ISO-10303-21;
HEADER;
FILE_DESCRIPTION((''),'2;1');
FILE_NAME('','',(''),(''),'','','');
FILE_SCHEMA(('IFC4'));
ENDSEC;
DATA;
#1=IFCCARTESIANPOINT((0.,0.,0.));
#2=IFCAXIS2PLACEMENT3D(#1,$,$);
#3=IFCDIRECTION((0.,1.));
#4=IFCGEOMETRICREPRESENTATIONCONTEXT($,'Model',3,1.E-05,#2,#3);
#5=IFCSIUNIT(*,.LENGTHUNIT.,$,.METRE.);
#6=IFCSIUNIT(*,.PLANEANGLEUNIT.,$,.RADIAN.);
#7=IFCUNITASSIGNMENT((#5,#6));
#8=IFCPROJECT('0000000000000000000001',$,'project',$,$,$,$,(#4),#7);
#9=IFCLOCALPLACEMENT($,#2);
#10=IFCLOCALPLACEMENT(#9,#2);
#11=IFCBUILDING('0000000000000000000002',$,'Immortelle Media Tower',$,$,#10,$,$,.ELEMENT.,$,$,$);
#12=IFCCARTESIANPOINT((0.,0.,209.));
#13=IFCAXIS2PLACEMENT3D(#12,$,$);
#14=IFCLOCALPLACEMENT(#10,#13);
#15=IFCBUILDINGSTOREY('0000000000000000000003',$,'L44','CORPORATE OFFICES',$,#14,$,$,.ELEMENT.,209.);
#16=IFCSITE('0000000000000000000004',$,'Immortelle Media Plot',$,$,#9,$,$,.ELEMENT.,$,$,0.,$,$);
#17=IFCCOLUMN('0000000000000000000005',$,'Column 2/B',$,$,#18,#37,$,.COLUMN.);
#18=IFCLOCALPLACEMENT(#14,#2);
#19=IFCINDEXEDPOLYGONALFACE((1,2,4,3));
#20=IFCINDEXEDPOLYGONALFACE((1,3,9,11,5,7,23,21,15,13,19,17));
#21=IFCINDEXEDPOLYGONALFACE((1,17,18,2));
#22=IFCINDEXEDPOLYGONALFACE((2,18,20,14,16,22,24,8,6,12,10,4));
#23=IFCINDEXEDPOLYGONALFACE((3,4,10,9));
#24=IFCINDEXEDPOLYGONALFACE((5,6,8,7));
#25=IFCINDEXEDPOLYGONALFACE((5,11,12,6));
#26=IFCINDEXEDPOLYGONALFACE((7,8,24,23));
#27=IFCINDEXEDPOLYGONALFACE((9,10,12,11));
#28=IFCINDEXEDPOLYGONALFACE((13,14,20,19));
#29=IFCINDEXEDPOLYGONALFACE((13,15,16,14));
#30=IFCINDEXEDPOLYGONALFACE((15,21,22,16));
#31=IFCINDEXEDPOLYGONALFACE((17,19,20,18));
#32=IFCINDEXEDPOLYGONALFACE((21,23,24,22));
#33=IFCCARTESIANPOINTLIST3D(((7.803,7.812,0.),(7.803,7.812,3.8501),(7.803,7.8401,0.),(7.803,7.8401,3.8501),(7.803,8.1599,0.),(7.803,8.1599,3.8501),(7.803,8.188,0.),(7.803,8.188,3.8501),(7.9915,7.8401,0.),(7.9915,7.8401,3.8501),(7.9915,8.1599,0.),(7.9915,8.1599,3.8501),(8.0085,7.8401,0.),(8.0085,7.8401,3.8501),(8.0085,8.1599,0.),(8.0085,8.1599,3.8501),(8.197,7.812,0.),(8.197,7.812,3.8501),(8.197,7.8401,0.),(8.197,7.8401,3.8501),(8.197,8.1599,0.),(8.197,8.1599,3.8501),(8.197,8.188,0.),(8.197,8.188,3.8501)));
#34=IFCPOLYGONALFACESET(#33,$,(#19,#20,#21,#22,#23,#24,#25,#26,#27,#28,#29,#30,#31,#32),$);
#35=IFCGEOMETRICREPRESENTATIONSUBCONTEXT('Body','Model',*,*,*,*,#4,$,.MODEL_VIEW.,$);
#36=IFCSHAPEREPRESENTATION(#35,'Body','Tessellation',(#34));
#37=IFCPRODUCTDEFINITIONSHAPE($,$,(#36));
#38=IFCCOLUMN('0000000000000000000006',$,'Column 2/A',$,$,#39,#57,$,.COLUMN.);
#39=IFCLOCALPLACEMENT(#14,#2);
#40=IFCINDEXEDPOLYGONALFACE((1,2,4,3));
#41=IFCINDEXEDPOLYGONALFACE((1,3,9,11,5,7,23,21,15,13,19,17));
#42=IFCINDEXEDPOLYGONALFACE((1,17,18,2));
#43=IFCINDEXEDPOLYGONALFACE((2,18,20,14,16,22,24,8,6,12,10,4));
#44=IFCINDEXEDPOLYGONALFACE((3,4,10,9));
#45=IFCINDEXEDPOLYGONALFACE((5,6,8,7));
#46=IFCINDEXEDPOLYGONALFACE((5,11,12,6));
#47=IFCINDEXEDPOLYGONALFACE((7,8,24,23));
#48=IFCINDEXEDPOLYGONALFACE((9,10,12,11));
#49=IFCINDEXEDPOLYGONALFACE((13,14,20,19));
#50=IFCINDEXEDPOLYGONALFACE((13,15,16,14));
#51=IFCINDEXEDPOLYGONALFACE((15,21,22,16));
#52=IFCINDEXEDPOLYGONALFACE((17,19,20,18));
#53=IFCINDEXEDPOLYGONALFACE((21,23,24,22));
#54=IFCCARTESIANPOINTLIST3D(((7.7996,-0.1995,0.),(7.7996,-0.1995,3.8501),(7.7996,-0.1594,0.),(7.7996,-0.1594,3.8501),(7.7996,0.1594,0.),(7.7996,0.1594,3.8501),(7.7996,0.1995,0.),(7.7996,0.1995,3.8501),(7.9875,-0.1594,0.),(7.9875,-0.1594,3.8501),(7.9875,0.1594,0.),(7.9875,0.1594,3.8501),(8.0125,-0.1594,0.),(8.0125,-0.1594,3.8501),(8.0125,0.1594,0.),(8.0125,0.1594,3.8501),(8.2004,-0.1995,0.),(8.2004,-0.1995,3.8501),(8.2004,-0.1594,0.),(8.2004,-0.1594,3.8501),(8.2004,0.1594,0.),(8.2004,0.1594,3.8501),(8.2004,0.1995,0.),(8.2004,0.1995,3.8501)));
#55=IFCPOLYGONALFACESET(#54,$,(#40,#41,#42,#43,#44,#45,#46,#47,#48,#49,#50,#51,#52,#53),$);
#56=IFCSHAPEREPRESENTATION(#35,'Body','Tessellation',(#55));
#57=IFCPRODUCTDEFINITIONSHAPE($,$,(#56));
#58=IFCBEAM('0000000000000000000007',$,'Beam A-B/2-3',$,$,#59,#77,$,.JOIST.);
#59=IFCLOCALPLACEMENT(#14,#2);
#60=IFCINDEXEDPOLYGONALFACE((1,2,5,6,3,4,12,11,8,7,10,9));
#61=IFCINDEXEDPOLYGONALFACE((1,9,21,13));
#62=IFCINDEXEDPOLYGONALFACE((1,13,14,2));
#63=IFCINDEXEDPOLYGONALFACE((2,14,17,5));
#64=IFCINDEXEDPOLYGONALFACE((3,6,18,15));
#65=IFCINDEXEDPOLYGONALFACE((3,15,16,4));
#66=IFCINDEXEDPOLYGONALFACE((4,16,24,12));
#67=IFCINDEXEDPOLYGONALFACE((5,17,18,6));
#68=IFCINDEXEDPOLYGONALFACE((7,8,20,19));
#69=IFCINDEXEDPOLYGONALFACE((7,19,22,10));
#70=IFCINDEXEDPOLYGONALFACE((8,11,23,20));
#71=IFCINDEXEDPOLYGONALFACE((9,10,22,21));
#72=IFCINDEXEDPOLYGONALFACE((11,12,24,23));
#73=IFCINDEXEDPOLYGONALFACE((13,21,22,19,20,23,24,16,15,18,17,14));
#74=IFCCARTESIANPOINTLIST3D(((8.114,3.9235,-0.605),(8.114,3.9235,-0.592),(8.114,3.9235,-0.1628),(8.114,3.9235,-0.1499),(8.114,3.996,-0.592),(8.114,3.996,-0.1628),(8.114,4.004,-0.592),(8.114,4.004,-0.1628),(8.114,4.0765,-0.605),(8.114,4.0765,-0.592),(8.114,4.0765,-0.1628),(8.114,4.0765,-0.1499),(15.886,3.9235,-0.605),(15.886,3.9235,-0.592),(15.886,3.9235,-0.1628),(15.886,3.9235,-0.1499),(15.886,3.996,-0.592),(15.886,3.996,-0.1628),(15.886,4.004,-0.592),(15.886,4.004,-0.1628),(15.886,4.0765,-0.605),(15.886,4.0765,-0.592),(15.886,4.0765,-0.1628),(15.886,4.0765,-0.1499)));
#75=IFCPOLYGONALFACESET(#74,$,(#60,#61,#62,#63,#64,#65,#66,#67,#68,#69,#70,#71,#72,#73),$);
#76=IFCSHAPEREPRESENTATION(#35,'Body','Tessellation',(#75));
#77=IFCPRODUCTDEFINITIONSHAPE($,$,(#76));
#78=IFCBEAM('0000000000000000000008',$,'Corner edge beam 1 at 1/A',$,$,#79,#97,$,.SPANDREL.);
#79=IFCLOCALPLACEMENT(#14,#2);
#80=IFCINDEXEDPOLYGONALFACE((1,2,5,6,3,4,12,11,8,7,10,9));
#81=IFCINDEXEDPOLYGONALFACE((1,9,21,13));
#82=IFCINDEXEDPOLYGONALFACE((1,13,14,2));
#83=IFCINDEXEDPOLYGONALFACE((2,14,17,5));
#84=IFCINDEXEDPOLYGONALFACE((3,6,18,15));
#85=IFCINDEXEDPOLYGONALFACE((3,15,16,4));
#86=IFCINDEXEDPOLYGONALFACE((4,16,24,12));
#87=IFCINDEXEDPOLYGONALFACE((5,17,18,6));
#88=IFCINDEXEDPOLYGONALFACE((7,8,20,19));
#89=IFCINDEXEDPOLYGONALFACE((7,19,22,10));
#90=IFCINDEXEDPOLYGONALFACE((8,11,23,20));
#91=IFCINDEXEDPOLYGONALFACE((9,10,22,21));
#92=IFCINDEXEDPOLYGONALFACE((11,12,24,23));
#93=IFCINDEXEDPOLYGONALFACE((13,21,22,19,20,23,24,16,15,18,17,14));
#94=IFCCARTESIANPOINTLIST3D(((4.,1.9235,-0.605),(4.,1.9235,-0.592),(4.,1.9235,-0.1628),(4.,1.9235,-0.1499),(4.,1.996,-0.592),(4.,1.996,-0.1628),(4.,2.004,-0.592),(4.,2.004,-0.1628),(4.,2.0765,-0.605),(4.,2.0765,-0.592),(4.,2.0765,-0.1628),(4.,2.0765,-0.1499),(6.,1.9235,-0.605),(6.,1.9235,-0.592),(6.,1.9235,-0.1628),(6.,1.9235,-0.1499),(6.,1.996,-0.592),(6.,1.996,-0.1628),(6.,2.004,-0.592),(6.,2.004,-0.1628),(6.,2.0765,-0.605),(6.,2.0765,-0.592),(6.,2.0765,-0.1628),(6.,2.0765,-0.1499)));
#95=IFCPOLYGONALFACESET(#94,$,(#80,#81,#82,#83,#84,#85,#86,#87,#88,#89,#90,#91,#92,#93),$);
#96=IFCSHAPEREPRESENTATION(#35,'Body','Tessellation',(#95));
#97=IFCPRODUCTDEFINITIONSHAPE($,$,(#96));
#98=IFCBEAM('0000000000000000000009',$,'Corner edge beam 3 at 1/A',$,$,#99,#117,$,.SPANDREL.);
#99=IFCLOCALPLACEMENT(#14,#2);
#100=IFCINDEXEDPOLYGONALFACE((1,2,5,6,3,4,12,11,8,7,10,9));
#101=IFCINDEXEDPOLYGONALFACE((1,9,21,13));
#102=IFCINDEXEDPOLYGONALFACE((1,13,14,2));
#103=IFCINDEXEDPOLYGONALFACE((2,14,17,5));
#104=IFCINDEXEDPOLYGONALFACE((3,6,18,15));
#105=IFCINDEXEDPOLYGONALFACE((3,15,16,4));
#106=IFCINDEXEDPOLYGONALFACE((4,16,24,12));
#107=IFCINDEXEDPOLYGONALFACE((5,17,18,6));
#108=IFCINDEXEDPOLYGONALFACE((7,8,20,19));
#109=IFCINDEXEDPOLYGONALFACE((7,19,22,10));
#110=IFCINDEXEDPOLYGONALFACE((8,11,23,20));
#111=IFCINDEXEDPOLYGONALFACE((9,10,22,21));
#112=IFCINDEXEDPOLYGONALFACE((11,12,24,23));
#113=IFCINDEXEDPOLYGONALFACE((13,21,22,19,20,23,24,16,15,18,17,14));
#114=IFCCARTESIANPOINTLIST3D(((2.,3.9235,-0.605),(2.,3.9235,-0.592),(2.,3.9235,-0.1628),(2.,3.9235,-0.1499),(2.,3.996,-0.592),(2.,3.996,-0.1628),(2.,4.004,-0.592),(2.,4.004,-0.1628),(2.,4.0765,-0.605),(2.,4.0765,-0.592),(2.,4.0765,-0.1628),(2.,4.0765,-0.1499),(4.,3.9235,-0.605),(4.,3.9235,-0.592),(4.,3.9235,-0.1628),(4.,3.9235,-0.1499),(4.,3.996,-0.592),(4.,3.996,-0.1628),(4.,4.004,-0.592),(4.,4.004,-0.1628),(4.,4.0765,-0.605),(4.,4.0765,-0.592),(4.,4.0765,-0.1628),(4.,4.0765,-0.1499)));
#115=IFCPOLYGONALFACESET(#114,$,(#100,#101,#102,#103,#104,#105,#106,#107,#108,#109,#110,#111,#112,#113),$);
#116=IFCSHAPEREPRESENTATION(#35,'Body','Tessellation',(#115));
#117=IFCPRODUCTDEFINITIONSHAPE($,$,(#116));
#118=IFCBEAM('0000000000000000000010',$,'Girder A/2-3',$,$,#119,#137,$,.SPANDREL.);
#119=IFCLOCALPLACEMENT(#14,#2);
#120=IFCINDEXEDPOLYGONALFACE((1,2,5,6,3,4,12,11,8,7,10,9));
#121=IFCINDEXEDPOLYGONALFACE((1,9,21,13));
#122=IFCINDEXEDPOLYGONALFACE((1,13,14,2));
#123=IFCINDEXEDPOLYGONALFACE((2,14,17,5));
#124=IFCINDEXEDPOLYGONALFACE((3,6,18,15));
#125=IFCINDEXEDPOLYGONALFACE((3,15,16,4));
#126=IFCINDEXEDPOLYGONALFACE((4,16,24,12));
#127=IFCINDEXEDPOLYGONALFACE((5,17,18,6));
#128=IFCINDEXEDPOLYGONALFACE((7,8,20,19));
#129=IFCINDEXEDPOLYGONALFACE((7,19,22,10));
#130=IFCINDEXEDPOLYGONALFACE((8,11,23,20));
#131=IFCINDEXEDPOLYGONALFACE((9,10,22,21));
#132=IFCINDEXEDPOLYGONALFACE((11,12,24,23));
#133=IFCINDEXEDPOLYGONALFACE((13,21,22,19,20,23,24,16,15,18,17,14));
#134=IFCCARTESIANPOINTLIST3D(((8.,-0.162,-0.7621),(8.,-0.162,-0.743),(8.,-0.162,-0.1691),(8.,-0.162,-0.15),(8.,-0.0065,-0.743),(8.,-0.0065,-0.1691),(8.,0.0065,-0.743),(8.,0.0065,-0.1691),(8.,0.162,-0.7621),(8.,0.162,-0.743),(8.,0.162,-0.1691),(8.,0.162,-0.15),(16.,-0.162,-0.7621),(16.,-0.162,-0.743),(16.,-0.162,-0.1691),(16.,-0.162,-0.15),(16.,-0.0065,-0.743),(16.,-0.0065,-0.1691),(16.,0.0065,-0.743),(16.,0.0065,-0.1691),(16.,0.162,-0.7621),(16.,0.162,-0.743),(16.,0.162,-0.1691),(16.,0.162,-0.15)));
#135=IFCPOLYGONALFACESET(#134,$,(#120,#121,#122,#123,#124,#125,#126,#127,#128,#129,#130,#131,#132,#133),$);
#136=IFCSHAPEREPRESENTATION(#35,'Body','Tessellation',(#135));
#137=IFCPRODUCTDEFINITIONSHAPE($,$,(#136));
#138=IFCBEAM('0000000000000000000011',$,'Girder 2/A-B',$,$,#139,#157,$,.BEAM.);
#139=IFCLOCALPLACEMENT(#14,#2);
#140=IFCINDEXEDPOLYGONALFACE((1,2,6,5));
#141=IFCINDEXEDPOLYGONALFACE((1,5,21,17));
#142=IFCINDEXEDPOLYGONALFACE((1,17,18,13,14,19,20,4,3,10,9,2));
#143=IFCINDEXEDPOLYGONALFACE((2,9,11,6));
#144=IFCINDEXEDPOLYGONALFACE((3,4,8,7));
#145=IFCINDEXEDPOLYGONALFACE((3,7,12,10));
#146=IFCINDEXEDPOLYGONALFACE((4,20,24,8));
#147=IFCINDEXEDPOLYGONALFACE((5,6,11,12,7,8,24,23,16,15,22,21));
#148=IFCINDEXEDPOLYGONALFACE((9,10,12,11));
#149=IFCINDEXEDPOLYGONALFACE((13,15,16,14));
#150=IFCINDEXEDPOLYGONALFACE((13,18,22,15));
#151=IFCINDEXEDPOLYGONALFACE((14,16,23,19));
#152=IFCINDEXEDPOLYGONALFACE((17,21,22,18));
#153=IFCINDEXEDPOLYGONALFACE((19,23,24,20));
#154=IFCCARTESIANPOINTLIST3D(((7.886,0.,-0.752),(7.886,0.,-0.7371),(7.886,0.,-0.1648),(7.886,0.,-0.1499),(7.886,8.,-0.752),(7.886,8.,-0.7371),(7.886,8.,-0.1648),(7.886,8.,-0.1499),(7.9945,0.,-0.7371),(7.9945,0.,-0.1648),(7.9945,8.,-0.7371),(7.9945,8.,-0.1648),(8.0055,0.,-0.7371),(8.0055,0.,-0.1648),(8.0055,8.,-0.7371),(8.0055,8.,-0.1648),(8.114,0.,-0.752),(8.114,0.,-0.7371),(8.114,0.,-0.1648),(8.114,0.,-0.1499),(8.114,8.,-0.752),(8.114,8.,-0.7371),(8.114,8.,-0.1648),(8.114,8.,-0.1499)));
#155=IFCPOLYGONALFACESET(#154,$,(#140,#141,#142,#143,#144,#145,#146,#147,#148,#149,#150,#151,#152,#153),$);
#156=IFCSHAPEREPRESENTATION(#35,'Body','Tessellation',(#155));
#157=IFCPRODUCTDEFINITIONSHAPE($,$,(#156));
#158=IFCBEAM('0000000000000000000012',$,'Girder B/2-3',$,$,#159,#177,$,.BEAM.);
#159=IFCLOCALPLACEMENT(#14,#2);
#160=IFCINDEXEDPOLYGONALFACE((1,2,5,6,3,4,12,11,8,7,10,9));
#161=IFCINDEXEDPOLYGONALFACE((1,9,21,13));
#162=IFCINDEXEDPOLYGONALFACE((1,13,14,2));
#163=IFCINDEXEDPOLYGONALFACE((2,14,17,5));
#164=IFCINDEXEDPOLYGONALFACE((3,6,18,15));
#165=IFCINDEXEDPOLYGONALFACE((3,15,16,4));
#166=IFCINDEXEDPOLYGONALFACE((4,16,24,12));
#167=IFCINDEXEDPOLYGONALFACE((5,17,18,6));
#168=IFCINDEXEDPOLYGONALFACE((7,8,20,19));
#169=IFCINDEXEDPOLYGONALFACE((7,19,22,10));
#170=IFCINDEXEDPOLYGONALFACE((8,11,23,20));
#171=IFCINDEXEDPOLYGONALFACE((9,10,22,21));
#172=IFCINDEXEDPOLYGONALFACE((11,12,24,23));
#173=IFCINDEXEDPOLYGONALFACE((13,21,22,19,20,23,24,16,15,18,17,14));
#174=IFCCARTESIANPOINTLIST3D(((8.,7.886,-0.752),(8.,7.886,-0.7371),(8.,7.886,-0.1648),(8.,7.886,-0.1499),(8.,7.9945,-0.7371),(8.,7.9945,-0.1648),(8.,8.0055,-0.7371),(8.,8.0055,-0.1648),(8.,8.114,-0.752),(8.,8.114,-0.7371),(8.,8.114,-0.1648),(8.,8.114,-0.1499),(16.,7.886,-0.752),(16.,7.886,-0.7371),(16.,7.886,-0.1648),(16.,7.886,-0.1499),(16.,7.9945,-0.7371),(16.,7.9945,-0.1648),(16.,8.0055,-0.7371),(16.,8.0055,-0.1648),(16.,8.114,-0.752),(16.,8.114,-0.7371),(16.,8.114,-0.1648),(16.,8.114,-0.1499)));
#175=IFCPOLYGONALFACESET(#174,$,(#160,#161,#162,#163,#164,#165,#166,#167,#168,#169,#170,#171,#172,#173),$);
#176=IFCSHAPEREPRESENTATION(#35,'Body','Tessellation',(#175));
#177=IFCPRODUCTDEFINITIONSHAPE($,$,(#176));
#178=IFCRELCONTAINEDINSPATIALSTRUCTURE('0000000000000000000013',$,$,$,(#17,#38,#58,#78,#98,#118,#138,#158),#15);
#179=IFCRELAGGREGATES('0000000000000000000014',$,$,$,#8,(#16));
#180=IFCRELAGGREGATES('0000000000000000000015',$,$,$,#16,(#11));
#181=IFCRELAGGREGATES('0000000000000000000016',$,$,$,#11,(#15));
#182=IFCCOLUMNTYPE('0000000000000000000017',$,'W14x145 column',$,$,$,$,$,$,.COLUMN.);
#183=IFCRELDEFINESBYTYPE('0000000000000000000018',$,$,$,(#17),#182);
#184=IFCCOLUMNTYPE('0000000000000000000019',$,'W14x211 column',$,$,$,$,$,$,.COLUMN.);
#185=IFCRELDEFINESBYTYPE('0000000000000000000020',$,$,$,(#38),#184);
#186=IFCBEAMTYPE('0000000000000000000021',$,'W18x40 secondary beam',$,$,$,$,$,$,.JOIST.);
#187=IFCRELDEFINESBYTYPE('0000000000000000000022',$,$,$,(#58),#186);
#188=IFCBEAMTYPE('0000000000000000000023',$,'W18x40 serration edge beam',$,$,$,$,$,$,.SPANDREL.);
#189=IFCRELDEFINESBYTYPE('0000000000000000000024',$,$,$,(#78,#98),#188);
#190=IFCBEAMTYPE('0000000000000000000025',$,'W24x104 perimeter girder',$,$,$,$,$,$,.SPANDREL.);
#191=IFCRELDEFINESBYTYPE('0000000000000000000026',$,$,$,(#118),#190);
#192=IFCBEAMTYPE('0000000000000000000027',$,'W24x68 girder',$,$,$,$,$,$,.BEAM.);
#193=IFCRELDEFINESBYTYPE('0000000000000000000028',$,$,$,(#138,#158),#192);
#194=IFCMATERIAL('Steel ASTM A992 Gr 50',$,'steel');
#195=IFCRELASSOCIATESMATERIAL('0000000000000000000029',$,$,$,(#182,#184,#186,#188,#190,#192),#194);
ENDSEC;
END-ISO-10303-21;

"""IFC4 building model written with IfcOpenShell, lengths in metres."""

from ifc_helpers import new_model, si_unit, direction, frame, origin, origin_2d, place, context, subcontext, project, spatial, i_section, extrude, material, material_profile, profile_set, type_object, element, save


model = new_model("IFC4")

# Units and contexts
model_context = context("Model", 3, precision=1e-05, world=origin(), true_north=direction((0.0, 1.0)))
body_context = subcontext(model_context, "Body", "Model", "MODEL_VIEW")
ifc_project = project(units=[si_unit("LENGTHUNIT", "METRE"), si_unit("PLANEANGLEUNIT", "RADIAN")], contexts=[model_context])

# Site, building, storey
site_placement = place(None, origin())
site = spatial("IfcSite", under=ifc_project, at=site_placement, Name="Immortelle Media Plot", CompositionType="ELEMENT", RefElevation=0.0)
building_placement = place(site_placement, origin())
building = spatial("IfcBuilding", under=site, at=building_placement, Name="Immortelle Media Tower", CompositionType="ELEMENT")
storey_placement = place(building_placement, frame((0.0, 0.0, 209.0)))
storey = spatial("IfcBuildingStorey", under=building, at=storey_placement, Name="L44", Description="CORPORATE OFFICES", CompositionType="ELEMENT", Elevation=209.0)

# Columns
ifc_material_1 = material(Name="Steel ASTM A992 Gr 50", Category="steel")
ifc_material_profile_1 = material_profile(ifc_material_1, i_section(OverallWidth=0.394, OverallDepth=0.376, WebThickness=0.0171, FlangeThickness=0.0281, at=origin_2d()), Name="W14x145")
ifc_profile_set_1 = profile_set([ifc_material_profile_1], Name="Steel ASTM A992 Gr 50")
column_type_1 = type_object("IfcColumnType", Name="W14x145 column", PredefinedType="COLUMN", material=ifc_profile_set_1)
column_1_placement = place(storey_placement, frame((8.0, 8.0, 0.0), z_axis=(0.0, 0.0, 1.0), x_axis=(1.0, 0.0, 0.0)))
element("IfcColumn", 1, at=column_1_placement, inside=storey, type_object=column_type_1, Name="Column 2/B", PredefinedType="COLUMN", context=body_context, shape_type="SweptSolid", body=[
    extrude(i_section(OverallWidth=0.394, OverallDepth=0.376, WebThickness=0.0171, FlangeThickness=0.0281, at=origin_2d()), origin(), (0.0, 0.0, 1.0), 3.8501),
])
ifc_material_profile_2 = material_profile(ifc_material_1, i_section(OverallWidth=0.4009, OverallDepth=0.3989, WebThickness=0.0249, FlangeThickness=0.04, at=origin_2d()), Name="W14x211")
ifc_profile_set_2 = profile_set([ifc_material_profile_2], Name="Steel ASTM A992 Gr 50")
column_type_2 = type_object("IfcColumnType", Name="W14x211 column", PredefinedType="COLUMN", material=ifc_profile_set_2)
column_2_placement = place(storey_placement, frame((8.0, 0.0, 0.0), z_axis=(0.0, 0.0, 1.0), x_axis=(1.0, 0.0, 0.0)))
element("IfcColumn", 2, at=column_2_placement, inside=storey, type_object=column_type_2, Name="Column 2/A", PredefinedType="COLUMN", context=body_context, shape_type="SweptSolid", body=[
    extrude(i_section(OverallWidth=0.4009, OverallDepth=0.3989, WebThickness=0.0249, FlangeThickness=0.04, at=origin_2d()), origin(), (0.0, 0.0, 1.0), 3.8501),
])

# Beams
ifc_material_profile_3 = material_profile(ifc_material_1, i_section(OverallWidth=0.1531, OverallDepth=0.4551, WebThickness=0.0081, FlangeThickness=0.0129, at=origin_2d()), Name="W18x40")
ifc_profile_set_3 = profile_set([ifc_material_profile_3], Name="Steel ASTM A992 Gr 50")
beam_type_1 = type_object("IfcBeamType", Name="W18x40 secondary beam", PredefinedType="JOIST", material=ifc_profile_set_3)
beam_1_placement = place(storey_placement, frame((8.114, 4.0, -0.3774), z_axis=(1.0, 0.0, 0.0), x_axis=(0.0, 1.0, 0.0)))
element("IfcBeam", 3, at=beam_1_placement, inside=storey, type_object=beam_type_1, Name="Beam A-B/2-3", PredefinedType="JOIST", context=body_context, shape_type="SweptSolid", body=[
    extrude(i_section(OverallWidth=0.1531, OverallDepth=0.4551, WebThickness=0.0081, FlangeThickness=0.0129, at=origin_2d()), origin(), (0.0, 0.0, 1.0), 7.772),
])
ifc_material_profile_4 = material_profile(ifc_material_1, i_section(OverallWidth=0.1531, OverallDepth=0.4551, WebThickness=0.0081, FlangeThickness=0.0129, at=origin_2d()), Name="W18x40")
ifc_profile_set_4 = profile_set([ifc_material_profile_4], Name="Steel ASTM A992 Gr 50")
beam_type_2 = type_object("IfcBeamType", Name="W18x40 serration edge beam", PredefinedType="SPANDREL", material=ifc_profile_set_4)
for number, where, z_axis, x_axis, name in (
    (4, (6.0, 2.0, -0.3774), (-1.0, 0.0, 0.0), (0.0, -1.0, 0.0), "Corner edge beam 1 at 1/A"),
    (5, (4.0, 4.0, -0.3774), (-1.0, 0.0, 0.0), (0.0, -1.0, 0.0), "Corner edge beam 3 at 1/A"),
):
    element("IfcBeam", number, at=place(storey_placement, frame(where, z_axis=z_axis, x_axis=x_axis)), inside=storey, type_object=beam_type_2, Name=name, PredefinedType="SPANDREL", context=body_context, shape_type="SweptSolid", body=[
        extrude(i_section(OverallWidth=0.1531, OverallDepth=0.4551, WebThickness=0.0081, FlangeThickness=0.0129, at=origin_2d()), origin(), (0.0, 0.0, 1.0), 2.0),
    ])
ifc_material_profile_5 = material_profile(ifc_material_1, i_section(OverallWidth=0.324, OverallDepth=0.6121, WebThickness=0.0129, FlangeThickness=0.019, at=origin_2d()), Name="W24x104")
ifc_profile_set_5 = profile_set([ifc_material_profile_5], Name="Steel ASTM A992 Gr 50")
beam_type_3 = type_object("IfcBeamType", Name="W24x104 perimeter girder", PredefinedType="SPANDREL", material=ifc_profile_set_5)
beam_2_placement = place(storey_placement, frame((8.0, 0.0, -0.4561), z_axis=(1.0, 0.0, 0.0), x_axis=(0.0, 1.0, 0.0)))
element("IfcBeam", 6, at=beam_2_placement, inside=storey, type_object=beam_type_3, Name="Girder A/2-3", PredefinedType="SPANDREL", context=body_context, shape_type="SweptSolid", body=[
    extrude(i_section(OverallWidth=0.324, OverallDepth=0.6121, WebThickness=0.0129, FlangeThickness=0.019, at=origin_2d()), origin(), (0.0, 0.0, 1.0), 8.0),
])
ifc_material_profile_6 = material_profile(ifc_material_1, i_section(OverallWidth=0.228, OverallDepth=0.6021, WebThickness=0.011, FlangeThickness=0.0149, at=origin_2d()), Name="W24x68")
ifc_profile_set_6 = profile_set([ifc_material_profile_6], Name="Steel ASTM A992 Gr 50")
beam_type_4 = type_object("IfcBeamType", Name="W24x68 girder", PredefinedType="BEAM", material=ifc_profile_set_6)
for number, where, z_axis, x_axis, name in (
    (7, (8.0, 0.0, -0.4509), (0.0, 1.0, 0.0), (-1.0, 0.0, 0.0), "Girder 2/A-B"),
    (8, (8.0, 8.0, -0.4509), (1.0, 0.0, 0.0), (0.0, 1.0, 0.0), "Girder B/2-3"),
):
    element("IfcBeam", number, at=place(storey_placement, frame(where, z_axis=z_axis, x_axis=x_axis)), inside=storey, type_object=beam_type_4, Name=name, PredefinedType="BEAM", context=body_context, shape_type="SweptSolid", body=[
        extrude(i_section(OverallWidth=0.228, OverallDepth=0.6021, WebThickness=0.011, FlangeThickness=0.0149, at=origin_2d()), origin(), (0.0, 0.0, 1.0), 8.0),
    ])

save(model, "model.ifc")
